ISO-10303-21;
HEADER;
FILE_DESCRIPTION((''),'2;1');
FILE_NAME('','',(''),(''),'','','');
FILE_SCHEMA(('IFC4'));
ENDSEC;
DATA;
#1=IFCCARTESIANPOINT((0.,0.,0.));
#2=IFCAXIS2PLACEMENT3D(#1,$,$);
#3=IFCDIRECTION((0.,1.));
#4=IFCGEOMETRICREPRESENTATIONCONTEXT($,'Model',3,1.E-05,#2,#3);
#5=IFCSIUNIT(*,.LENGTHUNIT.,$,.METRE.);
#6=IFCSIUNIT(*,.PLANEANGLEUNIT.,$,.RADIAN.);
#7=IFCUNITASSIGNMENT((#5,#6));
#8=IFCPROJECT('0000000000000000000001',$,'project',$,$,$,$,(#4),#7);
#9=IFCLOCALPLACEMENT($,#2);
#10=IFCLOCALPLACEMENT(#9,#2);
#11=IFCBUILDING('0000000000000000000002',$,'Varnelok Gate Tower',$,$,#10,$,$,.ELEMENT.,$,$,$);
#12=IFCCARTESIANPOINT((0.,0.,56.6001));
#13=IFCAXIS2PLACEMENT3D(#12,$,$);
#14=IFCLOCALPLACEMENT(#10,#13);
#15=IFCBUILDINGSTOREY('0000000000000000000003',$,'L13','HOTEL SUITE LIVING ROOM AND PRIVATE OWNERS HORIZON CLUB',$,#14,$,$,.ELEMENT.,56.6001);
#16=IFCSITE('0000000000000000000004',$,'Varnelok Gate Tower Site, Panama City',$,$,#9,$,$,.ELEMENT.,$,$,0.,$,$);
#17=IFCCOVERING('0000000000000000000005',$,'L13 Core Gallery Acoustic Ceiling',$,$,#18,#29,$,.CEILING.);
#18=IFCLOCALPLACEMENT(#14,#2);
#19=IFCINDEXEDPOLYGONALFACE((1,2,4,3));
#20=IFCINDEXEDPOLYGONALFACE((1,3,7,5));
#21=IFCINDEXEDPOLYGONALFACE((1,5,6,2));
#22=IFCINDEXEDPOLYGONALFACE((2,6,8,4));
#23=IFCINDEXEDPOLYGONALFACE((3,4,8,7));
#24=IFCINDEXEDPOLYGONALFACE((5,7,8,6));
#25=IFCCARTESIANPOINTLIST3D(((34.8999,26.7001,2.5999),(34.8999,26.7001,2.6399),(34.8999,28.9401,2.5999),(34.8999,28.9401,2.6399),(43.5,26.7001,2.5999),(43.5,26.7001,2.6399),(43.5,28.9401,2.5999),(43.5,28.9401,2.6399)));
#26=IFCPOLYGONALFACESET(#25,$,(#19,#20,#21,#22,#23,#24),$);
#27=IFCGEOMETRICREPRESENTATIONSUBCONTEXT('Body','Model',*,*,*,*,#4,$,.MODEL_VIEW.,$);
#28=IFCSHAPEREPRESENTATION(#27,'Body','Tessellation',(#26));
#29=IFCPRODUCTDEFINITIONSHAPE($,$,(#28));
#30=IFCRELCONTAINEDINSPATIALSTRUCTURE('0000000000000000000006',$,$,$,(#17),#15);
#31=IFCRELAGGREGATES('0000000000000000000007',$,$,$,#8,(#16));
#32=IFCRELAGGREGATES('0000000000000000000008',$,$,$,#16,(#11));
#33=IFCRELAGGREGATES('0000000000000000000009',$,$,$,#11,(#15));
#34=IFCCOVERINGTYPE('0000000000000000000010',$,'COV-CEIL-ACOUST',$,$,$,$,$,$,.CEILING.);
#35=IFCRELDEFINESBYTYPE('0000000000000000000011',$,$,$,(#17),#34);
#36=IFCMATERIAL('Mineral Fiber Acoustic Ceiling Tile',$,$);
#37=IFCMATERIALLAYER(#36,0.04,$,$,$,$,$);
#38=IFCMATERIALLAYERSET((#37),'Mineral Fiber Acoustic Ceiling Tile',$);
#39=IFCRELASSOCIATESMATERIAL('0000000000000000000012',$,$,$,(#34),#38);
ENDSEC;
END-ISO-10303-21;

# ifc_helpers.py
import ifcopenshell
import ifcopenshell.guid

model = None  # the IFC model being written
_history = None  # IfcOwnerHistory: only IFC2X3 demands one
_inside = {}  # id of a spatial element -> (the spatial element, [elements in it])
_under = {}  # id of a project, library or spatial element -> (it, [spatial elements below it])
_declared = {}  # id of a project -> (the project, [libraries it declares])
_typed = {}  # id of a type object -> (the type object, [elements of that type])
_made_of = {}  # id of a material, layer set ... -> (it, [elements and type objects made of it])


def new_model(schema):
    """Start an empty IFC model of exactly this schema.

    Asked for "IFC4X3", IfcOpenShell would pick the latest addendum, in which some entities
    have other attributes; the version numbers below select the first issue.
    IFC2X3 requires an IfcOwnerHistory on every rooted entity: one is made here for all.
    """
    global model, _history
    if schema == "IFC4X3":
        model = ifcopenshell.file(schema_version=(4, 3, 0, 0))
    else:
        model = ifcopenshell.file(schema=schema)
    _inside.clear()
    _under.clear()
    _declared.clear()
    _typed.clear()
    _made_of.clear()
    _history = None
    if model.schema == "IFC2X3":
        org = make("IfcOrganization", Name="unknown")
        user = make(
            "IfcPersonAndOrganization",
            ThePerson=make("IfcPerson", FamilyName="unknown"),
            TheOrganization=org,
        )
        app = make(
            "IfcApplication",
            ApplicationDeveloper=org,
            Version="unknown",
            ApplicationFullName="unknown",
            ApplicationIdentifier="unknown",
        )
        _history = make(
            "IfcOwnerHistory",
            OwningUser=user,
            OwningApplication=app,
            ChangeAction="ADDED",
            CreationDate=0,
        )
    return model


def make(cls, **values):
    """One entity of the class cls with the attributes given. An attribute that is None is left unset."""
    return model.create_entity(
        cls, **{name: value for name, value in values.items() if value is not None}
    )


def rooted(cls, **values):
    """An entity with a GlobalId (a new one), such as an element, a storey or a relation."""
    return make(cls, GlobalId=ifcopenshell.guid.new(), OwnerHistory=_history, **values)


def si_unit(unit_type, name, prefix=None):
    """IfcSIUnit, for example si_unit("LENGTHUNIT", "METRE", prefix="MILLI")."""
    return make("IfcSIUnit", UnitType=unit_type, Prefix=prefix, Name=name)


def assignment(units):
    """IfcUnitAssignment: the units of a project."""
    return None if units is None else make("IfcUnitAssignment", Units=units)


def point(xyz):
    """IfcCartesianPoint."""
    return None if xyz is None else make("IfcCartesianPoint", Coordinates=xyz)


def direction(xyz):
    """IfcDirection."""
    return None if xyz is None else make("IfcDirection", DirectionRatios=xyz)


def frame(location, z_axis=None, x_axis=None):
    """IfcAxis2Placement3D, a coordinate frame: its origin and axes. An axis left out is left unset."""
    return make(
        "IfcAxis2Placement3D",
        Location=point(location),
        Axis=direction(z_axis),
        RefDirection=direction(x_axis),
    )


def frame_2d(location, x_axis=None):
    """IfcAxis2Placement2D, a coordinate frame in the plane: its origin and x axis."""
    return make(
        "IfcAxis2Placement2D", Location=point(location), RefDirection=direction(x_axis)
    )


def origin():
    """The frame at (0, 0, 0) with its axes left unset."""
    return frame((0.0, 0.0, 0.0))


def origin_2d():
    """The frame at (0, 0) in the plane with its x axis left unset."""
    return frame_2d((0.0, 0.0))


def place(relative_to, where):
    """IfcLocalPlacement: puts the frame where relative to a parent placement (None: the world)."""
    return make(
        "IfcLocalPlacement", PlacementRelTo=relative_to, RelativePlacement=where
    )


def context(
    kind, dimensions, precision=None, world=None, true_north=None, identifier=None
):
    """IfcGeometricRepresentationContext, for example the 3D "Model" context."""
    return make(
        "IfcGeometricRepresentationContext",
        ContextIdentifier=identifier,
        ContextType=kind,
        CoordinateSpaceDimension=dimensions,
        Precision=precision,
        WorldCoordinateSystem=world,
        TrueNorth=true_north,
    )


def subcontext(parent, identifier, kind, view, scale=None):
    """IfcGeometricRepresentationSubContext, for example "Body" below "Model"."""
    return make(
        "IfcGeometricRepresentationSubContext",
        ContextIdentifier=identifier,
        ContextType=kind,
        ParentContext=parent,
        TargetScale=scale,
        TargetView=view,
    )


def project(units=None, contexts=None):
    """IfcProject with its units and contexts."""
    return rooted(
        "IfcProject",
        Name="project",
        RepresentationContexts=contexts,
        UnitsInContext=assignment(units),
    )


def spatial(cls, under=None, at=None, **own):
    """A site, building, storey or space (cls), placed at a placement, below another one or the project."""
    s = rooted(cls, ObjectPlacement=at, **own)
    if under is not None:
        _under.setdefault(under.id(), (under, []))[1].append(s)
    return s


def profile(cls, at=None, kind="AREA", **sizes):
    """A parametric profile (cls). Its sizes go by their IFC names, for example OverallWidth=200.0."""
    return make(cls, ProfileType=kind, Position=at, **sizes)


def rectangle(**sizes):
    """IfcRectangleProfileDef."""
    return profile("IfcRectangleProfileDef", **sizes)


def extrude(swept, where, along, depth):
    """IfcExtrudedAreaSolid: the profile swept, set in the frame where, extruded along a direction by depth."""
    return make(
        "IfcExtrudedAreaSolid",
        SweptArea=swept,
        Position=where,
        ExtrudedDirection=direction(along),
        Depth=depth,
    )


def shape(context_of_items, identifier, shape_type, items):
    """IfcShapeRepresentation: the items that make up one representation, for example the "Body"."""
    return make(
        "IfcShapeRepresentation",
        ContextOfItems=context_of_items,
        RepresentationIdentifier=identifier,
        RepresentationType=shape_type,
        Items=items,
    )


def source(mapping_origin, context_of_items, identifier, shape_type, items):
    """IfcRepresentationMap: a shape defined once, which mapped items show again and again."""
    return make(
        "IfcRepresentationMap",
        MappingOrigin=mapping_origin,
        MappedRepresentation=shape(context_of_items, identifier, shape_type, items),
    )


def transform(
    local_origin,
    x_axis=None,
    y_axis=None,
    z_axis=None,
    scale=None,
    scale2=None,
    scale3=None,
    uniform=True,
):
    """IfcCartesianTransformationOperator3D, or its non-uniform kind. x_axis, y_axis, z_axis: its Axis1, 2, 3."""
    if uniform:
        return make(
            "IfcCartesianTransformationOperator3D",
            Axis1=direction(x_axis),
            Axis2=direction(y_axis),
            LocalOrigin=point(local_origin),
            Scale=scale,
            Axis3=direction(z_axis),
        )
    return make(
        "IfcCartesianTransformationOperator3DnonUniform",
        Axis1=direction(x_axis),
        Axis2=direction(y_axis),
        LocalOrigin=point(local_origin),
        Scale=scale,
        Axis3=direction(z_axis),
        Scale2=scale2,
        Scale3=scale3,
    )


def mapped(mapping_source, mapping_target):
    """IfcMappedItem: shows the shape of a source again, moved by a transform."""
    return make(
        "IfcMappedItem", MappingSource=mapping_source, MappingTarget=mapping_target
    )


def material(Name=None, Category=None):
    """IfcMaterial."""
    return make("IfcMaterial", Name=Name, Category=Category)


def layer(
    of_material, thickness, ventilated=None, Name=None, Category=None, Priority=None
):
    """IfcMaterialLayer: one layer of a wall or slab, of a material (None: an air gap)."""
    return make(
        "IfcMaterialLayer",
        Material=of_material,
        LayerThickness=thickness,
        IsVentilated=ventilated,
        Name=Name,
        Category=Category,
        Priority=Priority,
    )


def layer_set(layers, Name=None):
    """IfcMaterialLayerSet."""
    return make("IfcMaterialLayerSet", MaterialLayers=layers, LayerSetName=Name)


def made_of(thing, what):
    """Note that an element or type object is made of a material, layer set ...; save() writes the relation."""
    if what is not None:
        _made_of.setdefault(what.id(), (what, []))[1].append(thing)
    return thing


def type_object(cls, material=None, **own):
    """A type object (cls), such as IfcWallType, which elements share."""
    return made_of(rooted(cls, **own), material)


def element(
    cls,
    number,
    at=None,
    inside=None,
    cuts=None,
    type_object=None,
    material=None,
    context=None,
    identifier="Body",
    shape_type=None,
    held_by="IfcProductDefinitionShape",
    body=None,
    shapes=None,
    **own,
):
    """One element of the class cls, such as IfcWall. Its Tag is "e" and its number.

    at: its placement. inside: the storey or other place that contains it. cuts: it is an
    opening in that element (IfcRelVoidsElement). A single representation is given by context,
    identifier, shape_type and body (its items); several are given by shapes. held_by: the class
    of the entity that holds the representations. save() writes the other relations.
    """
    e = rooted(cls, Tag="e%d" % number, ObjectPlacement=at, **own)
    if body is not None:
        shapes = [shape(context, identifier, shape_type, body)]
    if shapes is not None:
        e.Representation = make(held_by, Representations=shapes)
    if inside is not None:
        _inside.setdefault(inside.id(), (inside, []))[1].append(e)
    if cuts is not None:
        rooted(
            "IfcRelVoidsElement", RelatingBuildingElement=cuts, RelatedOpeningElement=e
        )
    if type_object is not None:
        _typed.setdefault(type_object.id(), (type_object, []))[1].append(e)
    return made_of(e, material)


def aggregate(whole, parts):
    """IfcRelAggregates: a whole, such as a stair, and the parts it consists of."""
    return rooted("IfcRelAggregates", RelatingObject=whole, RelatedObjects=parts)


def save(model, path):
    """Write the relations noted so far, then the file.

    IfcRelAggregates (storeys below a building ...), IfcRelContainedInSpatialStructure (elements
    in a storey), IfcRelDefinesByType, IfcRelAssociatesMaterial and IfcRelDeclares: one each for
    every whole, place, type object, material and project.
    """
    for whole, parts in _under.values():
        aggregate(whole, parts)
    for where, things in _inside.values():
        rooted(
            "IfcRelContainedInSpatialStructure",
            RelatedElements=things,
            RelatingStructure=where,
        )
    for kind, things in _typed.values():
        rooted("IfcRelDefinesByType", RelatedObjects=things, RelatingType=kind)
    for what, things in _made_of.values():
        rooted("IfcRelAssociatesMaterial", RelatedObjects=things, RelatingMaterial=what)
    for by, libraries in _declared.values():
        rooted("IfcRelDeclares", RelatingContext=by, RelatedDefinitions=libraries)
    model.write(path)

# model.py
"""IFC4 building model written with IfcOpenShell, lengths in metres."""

from ifc_helpers import new_model, si_unit, direction, frame, origin, origin_2d, place, context, subcontext, project, spatial, rectangle, extrude, source, transform, mapped, material, layer, layer_set, type_object, element, save


model = new_model("IFC4")

# Units and contexts
model_context = context("Model", 3, precision=1e-05, world=origin(), true_north=direction((0.0, 1.0)))
body_context = subcontext(model_context, "Body", "Model", "MODEL_VIEW")
ifc_project = project(units=[si_unit("LENGTHUNIT", "METRE"), si_unit("PLANEANGLEUNIT", "RADIAN")], contexts=[model_context])

# Site, building, storey
site_placement = place(None, origin())
site = spatial("IfcSite", under=ifc_project, at=site_placement, Name="Varnelok Gate Tower Site, Panama City", CompositionType="ELEMENT", RefElevation=0.0)
building_placement = place(site_placement, origin())
building = spatial("IfcBuilding", under=site, at=building_placement, Name="Varnelok Gate Tower", CompositionType="ELEMENT")
storey_placement = place(building_placement, frame((0.0, 0.0, 56.6001)))
storey = spatial("IfcBuildingStorey", under=building, at=storey_placement, Name="L13", Description="HOTEL SUITE LIVING ROOM AND PRIVATE OWNERS HORIZON CLUB", CompositionType="ELEMENT", Elevation=56.6001)

# Covering
ifc_material_1 = material(Name="Mineral Fiber Acoustic Ceiling Tile")
ifc_layer_1 = layer(ifc_material_1, 0.04)
ifc_layer_set_1 = layer_set([ifc_layer_1], Name="Mineral Fiber Acoustic Ceiling Tile")
covering_type_1 = type_object("IfcCoveringType", Name="COV-CEIL-ACOUST", PredefinedType="CEILING", material=ifc_layer_set_1)
shared_shape_1 = source(origin(), body_context, "Body", "SweptSolid", [
    extrude(rectangle(XDim=8.6001, YDim=2.24, at=origin_2d()), origin(), (0.0, 0.0, 1.0), 0.04),
])
covering_1_placement = place(storey_placement, frame((39.2, 27.8201, 2.5999), z_axis=(0.0, 0.0, 1.0), x_axis=(1.0, 0.0, 0.0)))
element("IfcCovering", 1, at=covering_1_placement, inside=storey, type_object=covering_type_1, Name="L13 Core Gallery Acoustic Ceiling", PredefinedType="CEILING", context=body_context, shape_type="MappedRepresentation", body=[
    mapped(shared_shape_1, transform((0.0, 0.0, 0.0), scale=1.0)),
])

save(model, "model.ifc")
